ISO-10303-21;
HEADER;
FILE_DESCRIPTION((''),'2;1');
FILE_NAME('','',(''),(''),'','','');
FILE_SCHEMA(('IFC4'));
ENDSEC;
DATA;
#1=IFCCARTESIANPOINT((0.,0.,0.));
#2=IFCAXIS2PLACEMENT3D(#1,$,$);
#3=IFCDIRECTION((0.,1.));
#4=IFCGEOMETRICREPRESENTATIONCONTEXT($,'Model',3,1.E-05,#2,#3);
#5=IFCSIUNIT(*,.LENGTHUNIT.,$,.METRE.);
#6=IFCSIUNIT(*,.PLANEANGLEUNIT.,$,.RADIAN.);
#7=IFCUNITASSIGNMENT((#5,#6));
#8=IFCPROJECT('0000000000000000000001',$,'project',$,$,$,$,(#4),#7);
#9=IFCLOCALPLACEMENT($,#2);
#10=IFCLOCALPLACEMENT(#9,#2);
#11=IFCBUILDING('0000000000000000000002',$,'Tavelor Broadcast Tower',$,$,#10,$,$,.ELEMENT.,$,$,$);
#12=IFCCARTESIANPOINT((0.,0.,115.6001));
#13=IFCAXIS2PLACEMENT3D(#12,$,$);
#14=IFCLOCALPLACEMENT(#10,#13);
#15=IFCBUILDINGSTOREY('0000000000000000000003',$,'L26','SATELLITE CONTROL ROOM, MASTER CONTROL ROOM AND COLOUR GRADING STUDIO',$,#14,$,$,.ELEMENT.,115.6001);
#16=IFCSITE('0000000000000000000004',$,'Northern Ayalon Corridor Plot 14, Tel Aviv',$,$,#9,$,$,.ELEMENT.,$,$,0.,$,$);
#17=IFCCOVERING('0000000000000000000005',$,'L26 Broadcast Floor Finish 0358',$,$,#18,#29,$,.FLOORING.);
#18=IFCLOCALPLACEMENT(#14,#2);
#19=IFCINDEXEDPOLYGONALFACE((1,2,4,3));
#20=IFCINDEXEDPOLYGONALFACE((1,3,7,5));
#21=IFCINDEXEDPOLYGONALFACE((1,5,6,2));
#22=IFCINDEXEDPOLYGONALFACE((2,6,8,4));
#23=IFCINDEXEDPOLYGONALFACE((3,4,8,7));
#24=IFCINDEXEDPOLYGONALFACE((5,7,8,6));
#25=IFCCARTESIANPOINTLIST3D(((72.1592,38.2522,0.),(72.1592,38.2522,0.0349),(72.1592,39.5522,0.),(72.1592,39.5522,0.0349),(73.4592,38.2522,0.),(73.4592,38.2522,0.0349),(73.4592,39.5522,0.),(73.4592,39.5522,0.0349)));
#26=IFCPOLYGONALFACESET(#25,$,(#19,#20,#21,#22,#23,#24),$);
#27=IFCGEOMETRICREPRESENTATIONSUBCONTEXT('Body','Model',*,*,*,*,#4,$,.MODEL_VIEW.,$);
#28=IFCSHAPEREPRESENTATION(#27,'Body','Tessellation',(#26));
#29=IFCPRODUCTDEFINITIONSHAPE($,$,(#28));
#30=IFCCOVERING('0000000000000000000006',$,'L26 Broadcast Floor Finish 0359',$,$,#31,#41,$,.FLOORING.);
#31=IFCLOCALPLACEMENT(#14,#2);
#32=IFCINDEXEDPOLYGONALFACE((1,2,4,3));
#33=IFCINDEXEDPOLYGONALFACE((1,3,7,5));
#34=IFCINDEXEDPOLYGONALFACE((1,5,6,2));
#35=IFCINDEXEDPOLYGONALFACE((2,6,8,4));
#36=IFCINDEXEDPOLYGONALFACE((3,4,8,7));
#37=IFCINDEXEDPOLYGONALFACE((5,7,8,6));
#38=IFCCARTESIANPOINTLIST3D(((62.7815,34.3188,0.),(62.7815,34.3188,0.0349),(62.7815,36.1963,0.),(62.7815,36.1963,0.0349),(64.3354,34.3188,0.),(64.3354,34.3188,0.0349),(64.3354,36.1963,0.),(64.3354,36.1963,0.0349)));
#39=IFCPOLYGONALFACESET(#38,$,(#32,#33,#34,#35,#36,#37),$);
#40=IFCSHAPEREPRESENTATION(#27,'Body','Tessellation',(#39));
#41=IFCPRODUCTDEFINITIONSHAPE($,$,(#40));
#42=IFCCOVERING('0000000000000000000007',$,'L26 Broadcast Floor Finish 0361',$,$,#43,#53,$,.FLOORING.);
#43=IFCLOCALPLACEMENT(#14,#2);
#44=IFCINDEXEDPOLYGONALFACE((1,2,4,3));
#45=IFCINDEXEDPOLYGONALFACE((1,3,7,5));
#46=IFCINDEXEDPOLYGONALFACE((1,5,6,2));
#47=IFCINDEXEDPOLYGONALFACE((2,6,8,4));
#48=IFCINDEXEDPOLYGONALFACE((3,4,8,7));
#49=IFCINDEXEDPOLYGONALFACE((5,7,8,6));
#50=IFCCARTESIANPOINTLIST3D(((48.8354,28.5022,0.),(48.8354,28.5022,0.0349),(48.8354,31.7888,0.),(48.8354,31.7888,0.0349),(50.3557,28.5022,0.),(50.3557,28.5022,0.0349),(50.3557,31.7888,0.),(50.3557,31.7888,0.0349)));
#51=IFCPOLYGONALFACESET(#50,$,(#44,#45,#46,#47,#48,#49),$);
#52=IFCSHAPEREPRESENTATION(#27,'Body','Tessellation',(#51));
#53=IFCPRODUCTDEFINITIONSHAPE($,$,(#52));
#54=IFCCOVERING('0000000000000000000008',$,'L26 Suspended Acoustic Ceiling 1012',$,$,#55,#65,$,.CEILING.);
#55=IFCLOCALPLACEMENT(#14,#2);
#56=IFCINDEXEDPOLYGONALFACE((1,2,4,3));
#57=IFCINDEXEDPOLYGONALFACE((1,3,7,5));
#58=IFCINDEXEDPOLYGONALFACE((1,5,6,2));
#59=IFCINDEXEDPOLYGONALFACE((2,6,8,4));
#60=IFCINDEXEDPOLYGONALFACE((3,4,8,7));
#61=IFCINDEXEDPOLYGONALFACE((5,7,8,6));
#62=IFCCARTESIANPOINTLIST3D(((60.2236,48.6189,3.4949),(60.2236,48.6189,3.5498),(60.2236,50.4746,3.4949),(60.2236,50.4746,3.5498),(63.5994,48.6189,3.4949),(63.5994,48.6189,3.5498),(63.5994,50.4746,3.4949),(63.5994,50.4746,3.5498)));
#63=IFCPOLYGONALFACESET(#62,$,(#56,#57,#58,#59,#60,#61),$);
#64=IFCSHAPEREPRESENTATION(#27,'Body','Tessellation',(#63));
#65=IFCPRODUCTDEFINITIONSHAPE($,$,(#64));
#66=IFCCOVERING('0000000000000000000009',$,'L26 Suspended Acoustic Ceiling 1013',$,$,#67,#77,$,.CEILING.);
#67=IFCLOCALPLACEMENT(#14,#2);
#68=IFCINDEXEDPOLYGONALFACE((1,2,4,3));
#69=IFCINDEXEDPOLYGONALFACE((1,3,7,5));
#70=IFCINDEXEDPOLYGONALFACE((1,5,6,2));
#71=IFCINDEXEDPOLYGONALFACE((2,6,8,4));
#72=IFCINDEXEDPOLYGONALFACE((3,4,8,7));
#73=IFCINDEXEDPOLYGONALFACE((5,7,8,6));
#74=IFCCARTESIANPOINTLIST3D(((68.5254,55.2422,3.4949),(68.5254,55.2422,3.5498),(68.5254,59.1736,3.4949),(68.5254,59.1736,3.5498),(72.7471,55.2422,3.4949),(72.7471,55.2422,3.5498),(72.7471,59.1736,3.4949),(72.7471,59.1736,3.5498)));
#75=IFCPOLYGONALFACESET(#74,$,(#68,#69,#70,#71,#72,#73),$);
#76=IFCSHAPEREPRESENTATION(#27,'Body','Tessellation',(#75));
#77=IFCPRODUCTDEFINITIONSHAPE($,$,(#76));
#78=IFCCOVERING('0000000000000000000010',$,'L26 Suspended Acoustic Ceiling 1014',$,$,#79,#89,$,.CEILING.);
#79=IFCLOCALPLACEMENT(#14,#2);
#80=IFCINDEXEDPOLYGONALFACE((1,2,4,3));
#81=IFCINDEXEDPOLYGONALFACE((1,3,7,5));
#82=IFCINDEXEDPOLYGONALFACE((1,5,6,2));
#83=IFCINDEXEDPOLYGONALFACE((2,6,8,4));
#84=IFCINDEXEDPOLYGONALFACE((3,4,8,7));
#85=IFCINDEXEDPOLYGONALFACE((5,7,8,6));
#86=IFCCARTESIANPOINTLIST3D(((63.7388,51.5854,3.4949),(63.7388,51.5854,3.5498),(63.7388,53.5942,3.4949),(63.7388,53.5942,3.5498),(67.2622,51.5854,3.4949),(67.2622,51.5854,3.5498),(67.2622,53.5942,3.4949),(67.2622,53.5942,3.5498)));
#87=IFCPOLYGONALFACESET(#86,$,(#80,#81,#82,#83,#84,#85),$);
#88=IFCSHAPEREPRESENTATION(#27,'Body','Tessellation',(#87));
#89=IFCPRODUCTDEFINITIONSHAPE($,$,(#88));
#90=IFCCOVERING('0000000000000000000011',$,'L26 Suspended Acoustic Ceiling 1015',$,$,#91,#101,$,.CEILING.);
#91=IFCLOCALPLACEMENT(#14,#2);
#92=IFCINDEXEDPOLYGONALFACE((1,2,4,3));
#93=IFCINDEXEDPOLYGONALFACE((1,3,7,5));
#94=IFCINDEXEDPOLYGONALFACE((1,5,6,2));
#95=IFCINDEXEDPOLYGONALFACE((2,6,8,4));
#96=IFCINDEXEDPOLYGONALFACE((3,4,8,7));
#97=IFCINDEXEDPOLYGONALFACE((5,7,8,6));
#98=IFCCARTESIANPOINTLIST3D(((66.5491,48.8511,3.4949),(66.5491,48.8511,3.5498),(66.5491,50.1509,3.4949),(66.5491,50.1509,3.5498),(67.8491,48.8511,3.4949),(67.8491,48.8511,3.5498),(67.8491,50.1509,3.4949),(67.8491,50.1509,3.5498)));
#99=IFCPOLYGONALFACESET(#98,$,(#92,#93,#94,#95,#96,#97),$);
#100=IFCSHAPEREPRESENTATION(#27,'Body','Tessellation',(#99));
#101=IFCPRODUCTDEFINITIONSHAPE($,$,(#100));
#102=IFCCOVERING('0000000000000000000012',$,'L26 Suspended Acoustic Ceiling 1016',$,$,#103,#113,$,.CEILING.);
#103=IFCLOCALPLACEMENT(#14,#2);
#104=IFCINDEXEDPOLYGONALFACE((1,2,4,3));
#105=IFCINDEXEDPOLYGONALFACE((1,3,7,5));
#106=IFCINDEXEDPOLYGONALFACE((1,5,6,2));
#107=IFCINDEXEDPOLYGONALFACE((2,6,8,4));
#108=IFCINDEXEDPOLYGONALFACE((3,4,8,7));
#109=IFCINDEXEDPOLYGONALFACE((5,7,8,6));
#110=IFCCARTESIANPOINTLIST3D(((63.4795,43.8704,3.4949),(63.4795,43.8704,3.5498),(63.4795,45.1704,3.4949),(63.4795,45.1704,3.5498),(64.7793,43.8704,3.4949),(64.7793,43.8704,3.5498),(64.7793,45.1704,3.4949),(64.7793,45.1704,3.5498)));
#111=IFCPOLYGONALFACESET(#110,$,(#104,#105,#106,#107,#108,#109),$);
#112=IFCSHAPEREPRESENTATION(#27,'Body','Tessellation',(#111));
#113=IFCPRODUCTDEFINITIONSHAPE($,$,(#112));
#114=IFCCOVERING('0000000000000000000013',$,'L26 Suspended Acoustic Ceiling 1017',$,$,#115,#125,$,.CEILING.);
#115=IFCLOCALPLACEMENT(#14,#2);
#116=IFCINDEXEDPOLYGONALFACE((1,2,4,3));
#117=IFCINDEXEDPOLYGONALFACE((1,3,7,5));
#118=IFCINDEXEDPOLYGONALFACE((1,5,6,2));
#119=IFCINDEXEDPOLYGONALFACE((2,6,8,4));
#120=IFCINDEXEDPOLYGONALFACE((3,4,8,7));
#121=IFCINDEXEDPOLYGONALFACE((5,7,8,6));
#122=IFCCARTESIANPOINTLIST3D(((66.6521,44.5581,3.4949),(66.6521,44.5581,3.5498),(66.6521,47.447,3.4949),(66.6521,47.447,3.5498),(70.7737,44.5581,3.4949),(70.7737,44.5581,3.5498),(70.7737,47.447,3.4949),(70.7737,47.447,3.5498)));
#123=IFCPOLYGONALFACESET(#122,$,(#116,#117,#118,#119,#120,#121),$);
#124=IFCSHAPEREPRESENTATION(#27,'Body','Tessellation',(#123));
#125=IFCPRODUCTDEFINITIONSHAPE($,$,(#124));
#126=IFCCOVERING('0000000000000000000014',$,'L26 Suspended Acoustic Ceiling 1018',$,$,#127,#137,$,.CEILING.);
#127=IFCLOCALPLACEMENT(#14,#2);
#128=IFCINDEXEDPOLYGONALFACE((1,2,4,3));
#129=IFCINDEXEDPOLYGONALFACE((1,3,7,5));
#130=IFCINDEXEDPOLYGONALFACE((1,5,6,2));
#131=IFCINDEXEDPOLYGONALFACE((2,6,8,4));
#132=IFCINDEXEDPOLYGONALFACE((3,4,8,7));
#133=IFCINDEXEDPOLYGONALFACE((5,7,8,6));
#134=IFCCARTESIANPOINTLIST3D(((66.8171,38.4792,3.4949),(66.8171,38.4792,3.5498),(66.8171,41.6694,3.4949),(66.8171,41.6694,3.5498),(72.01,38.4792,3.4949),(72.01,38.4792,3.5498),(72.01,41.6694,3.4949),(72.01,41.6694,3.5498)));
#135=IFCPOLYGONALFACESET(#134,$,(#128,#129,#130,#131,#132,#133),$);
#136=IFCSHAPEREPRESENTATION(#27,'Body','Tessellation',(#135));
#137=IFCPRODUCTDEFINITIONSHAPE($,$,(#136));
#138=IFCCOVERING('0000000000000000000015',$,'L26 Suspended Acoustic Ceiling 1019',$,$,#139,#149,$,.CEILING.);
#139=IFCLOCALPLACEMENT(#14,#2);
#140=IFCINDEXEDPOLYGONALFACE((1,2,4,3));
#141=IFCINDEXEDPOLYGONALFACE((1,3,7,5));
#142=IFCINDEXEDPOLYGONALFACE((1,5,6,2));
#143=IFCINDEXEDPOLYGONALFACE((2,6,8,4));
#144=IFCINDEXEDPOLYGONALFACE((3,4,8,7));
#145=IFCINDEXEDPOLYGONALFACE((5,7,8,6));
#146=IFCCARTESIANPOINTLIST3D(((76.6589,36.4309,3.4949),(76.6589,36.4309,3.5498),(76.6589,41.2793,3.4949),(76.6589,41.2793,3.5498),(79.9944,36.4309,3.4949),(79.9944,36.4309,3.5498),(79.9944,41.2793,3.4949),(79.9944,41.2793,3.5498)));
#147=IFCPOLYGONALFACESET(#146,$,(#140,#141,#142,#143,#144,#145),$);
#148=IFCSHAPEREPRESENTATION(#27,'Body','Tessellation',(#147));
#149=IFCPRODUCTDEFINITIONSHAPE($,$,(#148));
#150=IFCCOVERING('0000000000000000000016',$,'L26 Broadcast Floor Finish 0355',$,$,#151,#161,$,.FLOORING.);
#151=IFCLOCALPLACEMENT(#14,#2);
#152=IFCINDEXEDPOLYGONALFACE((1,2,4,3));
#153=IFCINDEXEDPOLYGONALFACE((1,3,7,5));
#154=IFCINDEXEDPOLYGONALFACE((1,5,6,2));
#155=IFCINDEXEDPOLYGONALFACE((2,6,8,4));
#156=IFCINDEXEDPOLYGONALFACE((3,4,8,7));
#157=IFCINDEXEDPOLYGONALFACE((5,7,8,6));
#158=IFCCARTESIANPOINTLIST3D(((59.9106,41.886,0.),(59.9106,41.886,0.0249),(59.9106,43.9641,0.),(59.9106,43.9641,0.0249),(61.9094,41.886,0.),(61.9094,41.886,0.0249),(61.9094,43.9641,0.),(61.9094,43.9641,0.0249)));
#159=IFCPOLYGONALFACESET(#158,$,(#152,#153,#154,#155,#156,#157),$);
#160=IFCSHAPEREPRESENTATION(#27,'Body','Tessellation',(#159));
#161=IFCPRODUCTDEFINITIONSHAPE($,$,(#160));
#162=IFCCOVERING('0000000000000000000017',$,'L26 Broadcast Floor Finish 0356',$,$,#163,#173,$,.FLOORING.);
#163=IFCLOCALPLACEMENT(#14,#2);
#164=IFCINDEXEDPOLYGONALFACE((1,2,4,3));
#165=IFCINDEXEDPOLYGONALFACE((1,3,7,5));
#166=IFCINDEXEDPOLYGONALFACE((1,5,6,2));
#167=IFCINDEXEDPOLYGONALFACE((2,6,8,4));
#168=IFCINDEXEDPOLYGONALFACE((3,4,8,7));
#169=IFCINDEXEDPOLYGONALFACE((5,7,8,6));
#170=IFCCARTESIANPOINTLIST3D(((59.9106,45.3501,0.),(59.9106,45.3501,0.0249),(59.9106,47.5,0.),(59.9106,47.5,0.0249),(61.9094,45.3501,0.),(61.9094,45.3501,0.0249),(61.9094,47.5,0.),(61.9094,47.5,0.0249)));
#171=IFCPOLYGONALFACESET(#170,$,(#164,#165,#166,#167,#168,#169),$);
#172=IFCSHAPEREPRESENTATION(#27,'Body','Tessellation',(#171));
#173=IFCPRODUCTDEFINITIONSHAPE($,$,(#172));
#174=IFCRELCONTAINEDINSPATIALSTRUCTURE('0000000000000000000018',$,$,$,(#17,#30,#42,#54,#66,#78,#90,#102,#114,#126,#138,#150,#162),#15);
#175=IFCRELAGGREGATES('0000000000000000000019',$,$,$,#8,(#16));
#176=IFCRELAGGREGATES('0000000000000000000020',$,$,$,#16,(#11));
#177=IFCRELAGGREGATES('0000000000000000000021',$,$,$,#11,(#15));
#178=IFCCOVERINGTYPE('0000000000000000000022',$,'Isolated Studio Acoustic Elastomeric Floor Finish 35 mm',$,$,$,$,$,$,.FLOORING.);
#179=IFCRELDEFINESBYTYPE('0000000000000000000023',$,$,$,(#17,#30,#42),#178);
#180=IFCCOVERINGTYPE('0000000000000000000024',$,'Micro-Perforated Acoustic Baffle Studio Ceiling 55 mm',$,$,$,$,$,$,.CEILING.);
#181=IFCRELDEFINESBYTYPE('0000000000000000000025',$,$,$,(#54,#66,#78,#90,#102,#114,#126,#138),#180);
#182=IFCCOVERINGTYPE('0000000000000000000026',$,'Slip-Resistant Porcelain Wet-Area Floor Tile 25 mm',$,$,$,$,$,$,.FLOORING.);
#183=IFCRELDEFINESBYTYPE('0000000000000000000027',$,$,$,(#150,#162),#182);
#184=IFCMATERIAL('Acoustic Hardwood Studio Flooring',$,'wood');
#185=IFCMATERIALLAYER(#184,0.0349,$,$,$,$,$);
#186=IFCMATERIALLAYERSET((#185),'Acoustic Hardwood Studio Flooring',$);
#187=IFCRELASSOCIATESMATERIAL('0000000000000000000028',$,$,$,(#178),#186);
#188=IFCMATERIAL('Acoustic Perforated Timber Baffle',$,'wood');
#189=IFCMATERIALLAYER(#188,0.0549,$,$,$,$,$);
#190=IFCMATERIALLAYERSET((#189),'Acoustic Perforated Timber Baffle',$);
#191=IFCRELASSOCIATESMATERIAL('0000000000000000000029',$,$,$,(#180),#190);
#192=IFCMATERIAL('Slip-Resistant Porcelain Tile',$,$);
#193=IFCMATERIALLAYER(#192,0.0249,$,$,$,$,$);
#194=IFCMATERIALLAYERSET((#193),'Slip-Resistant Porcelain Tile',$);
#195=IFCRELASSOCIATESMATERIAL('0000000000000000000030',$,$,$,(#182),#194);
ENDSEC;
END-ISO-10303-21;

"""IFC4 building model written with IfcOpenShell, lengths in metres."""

from ifc_helpers import new_model, si_unit, direction, frame, origin, place, context, subcontext, project, spatial, polyline, outline, extrude, material, layer, layer_set, type_object, element, save


model = new_model("IFC4")

# Units and contexts
model_context = context("Model", 3, precision=1e-05, world=origin(), true_north=direction((0.0, 1.0)))
body_context = subcontext(model_context, "Body", "Model", "MODEL_VIEW")
ifc_project = project(units=[si_unit("LENGTHUNIT", "METRE"), si_unit("PLANEANGLEUNIT", "RADIAN")], contexts=[model_context])

# Site, building, storey
site_placement = place(None, origin())
site = spatial("IfcSite", under=ifc_project, at=site_placement, Name="Northern Ayalon Corridor Plot 14, Tel Aviv", CompositionType="ELEMENT", RefElevation=0.0)
building_placement = place(site_placement, origin())
building = spatial("IfcBuilding", under=site, at=building_placement, Name="Tavelor Broadcast Tower", CompositionType="ELEMENT")
storey_placement = place(building_placement, frame((0.0, 0.0, 115.6001)))
storey = spatial("IfcBuildingStorey", under=building, at=storey_placement, Name="L26", Description="SATELLITE CONTROL ROOM, MASTER CONTROL ROOM AND COLOUR GRADING STUDIO", CompositionType="ELEMENT", Elevation=115.6001)

# Coverings
ifc_material_1 = material(Name="Acoustic Hardwood Studio Flooring", Category="wood")
ifc_layer_1 = layer(ifc_material_1, 0.0349)
ifc_layer_set_1 = layer_set([ifc_layer_1], Name="Acoustic Hardwood Studio Flooring")
covering_type_1 = type_object("IfcCoveringType", Name="Isolated Studio Acoustic Elastomeric Floor Finish 35 mm", PredefinedType="FLOORING", material=ifc_layer_set_1)
covering_1_placement = place(storey_placement, origin())
element("IfcCovering", 1, at=covering_1_placement, inside=storey, type_object=covering_type_1, Name="L26 Broadcast Floor Finish 0358", PredefinedType="FLOORING", context=body_context, shape_type="SweptSolid", body=[
    extrude(outline(polyline([(72.1592, 38.2522), (73.4592, 38.2522), (73.4592, 39.5522), (72.1592, 39.5522), (72.1592, 38.2522)])), origin(), (0.0, 0.0, 1.0), 0.0349),
])
covering_2_placement = place(storey_placement, origin())
element("IfcCovering", 2, at=covering_2_placement, inside=storey, type_object=covering_type_1, Name="L26 Broadcast Floor Finish 0359", PredefinedType="FLOORING", context=body_context, shape_type="SweptSolid", body=[
    extrude(outline(polyline([(62.7815, 34.3188), (64.3354, 34.3188), (64.3354, 36.1963), (62.7815, 36.1963), (62.7815, 34.3188)])), origin(), (0.0, 0.0, 1.0), 0.0349),
])
covering_3_placement = place(storey_placement, origin())
element("IfcCovering", 3, at=covering_3_placement, inside=storey, type_object=covering_type_1, Name="L26 Broadcast Floor Finish 0361", PredefinedType="FLOORING", context=body_context, shape_type="SweptSolid", body=[
    extrude(outline(polyline([(48.8354, 28.5022), (50.3557, 28.5022), (50.3557, 31.7888), (48.8354, 31.7888), (48.8354, 28.5022)])), origin(), (0.0, 0.0, 1.0), 0.0349),
])
ifc_material_2 = material(Name="Acoustic Perforated Timber Baffle", Category="wood")
ifc_layer_2 = layer(ifc_material_2, 0.0549)
ifc_layer_set_2 = layer_set([ifc_layer_2], Name="Acoustic Perforated Timber Baffle")
covering_type_2 = type_object("IfcCoveringType", Name="Micro-Perforated Acoustic Baffle Studio Ceiling 55 mm", PredefinedType="CEILING", material=ifc_layer_set_2)
covering_4_placement = place(storey_placement, frame((0.0, 0.0, 3.4949)))
element("IfcCovering", 4, at=covering_4_placement, inside=storey, type_object=covering_type_2, Name="L26 Suspended Acoustic Ceiling 1012", PredefinedType="CEILING", context=body_context, shape_type="SweptSolid", body=[
    extrude(outline(polyline([(60.2236, 48.6189), (63.5994, 48.6189), (63.5994, 50.4746), (60.2236, 50.4746), (60.2236, 48.6189)])), origin(), (0.0, 0.0, 1.0), 0.0549),
])
covering_5_placement = place(storey_placement, frame((0.0, 0.0, 3.4949)))
element("IfcCovering", 5, at=covering_5_placement, inside=storey, type_object=covering_type_2, Name="L26 Suspended Acoustic Ceiling 1013", PredefinedType="CEILING", context=body_context, shape_type="SweptSolid", body=[
    extrude(outline(polyline([(68.5254, 55.2422), (72.7471, 55.2422), (72.7471, 59.1736), (68.5254, 59.1736), (68.5254, 55.2422)])), origin(), (0.0, 0.0, 1.0), 0.0549),
])
covering_6_placement = place(storey_placement, frame((0.0, 0.0, 3.4949)))
element("IfcCovering", 6, at=covering_6_placement, inside=storey, type_object=covering_type_2, Name="L26 Suspended Acoustic Ceiling 1014", PredefinedType="CEILING", context=body_context, shape_type="SweptSolid", body=[
    extrude(outline(polyline([(63.7388, 51.5854), (67.2622, 51.5854), (67.2622, 53.5942), (63.7388, 53.5942), (63.7388, 51.5854)])), origin(), (0.0, 0.0, 1.0), 0.0549),
])
covering_7_placement = place(storey_placement, frame((0.0, 0.0, 3.4949)))
element("IfcCovering", 7, at=covering_7_placement, inside=storey, type_object=covering_type_2, Name="L26 Suspended Acoustic Ceiling 1015", PredefinedType="CEILING", context=body_context, shape_type="SweptSolid", body=[
    extrude(outline(polyline([(66.5491, 48.8511), (67.8491, 48.8511), (67.8491, 50.1509), (66.5491, 50.1509), (66.5491, 48.8511)])), origin(), (0.0, 0.0, 1.0), 0.0549),
])
covering_8_placement = place(storey_placement, frame((0.0, 0.0, 3.4949)))
element("IfcCovering", 8, at=covering_8_placement, inside=storey, type_object=covering_type_2, Name="L26 Suspended Acoustic Ceiling 1016", PredefinedType="CEILING", context=body_context, shape_type="SweptSolid", body=[
    extrude(outline(polyline([(63.4795, 43.8704), (64.7793, 43.8704), (64.7793, 45.1704), (63.4795, 45.1704), (63.4795, 43.8704)])), origin(), (0.0, 0.0, 1.0), 0.0549),
])
covering_9_placement = place(storey_placement, frame((0.0, 0.0, 3.4949)))
element("IfcCovering", 9, at=covering_9_placement, inside=storey, type_object=covering_type_2, Name="L26 Suspended Acoustic Ceiling 1017", PredefinedType="CEILING", context=body_context, shape_type="SweptSolid", body=[
    extrude(outline(polyline([(66.6521, 44.5581), (70.7737, 44.5581), (70.7737, 47.447), (66.6521, 47.447), (66.6521, 44.5581)])), origin(), (0.0, 0.0, 1.0), 0.0549),
])
covering_10_placement = place(storey_placement, frame((0.0, 0.0, 3.4949)))
element("IfcCovering", 10, at=covering_10_placement, inside=storey, type_object=covering_type_2, Name="L26 Suspended Acoustic Ceiling 1018", PredefinedType="CEILING", context=body_context, shape_type="SweptSolid", body=[
    extrude(outline(polyline([(66.8171, 38.4792), (72.01, 38.4792), (72.01, 41.6694), (66.8171, 41.6694), (66.8171, 38.4792)])), origin(), (0.0, 0.0, 1.0), 0.0549),
])
covering_11_placement = place(storey_placement, frame((0.0, 0.0, 3.4949)))
element("IfcCovering", 11, at=covering_11_placement, inside=storey, type_object=covering_type_2, Name="L26 Suspended Acoustic Ceiling 1019", PredefinedType="CEILING", context=body_context, shape_type="SweptSolid", body=[
    extrude(outline(polyline([(76.6589, 36.4309), (79.9944, 36.4309), (79.9944, 41.2793), (76.6589, 41.2793), (76.6589, 36.4309)])), origin(), (0.0, 0.0, 1.0), 0.0549),
])
ifc_material_3 = material(Name="Slip-Resistant Porcelain Tile")
ifc_layer_3 = layer(ifc_material_3, 0.0249)
ifc_layer_set_3 = layer_set([ifc_layer_3], Name="Slip-Resistant Porcelain Tile")
covering_type_3 = type_object("IfcCoveringType", Name="Slip-Resistant Porcelain Wet-Area Floor Tile 25 mm", PredefinedType="FLOORING", material=ifc_layer_set_3)
covering_12_placement = place(storey_placement, origin())
element("IfcCovering", 12, at=covering_12_placement, inside=storey, type_object=covering_type_3, Name="L26 Broadcast Floor Finish 0355", PredefinedType="FLOORING", context=body_context, shape_type="SweptSolid", body=[
    extrude(outline(polyline([(59.9106, 41.886), (61.9094, 41.886), (61.9094, 43.9641), (59.9106, 43.9641), (59.9106, 41.886)])), origin(), (0.0, 0.0, 1.0), 0.0249),
])
covering_13_placement = place(storey_placement, origin())
element("IfcCovering", 13, at=covering_13_placement, inside=storey, type_object=covering_type_3, Name="L26 Broadcast Floor Finish 0356", PredefinedType="FLOORING", context=body_context, shape_type="SweptSolid", body=[
    extrude(outline(polyline([(59.9106, 45.3501), (61.9094, 45.3501), (61.9094, 47.5), (59.9106, 47.5), (59.9106, 45.3501)])), origin(), (0.0, 0.0, 1.0), 0.0249),
])

save(model, "model.ifc")
